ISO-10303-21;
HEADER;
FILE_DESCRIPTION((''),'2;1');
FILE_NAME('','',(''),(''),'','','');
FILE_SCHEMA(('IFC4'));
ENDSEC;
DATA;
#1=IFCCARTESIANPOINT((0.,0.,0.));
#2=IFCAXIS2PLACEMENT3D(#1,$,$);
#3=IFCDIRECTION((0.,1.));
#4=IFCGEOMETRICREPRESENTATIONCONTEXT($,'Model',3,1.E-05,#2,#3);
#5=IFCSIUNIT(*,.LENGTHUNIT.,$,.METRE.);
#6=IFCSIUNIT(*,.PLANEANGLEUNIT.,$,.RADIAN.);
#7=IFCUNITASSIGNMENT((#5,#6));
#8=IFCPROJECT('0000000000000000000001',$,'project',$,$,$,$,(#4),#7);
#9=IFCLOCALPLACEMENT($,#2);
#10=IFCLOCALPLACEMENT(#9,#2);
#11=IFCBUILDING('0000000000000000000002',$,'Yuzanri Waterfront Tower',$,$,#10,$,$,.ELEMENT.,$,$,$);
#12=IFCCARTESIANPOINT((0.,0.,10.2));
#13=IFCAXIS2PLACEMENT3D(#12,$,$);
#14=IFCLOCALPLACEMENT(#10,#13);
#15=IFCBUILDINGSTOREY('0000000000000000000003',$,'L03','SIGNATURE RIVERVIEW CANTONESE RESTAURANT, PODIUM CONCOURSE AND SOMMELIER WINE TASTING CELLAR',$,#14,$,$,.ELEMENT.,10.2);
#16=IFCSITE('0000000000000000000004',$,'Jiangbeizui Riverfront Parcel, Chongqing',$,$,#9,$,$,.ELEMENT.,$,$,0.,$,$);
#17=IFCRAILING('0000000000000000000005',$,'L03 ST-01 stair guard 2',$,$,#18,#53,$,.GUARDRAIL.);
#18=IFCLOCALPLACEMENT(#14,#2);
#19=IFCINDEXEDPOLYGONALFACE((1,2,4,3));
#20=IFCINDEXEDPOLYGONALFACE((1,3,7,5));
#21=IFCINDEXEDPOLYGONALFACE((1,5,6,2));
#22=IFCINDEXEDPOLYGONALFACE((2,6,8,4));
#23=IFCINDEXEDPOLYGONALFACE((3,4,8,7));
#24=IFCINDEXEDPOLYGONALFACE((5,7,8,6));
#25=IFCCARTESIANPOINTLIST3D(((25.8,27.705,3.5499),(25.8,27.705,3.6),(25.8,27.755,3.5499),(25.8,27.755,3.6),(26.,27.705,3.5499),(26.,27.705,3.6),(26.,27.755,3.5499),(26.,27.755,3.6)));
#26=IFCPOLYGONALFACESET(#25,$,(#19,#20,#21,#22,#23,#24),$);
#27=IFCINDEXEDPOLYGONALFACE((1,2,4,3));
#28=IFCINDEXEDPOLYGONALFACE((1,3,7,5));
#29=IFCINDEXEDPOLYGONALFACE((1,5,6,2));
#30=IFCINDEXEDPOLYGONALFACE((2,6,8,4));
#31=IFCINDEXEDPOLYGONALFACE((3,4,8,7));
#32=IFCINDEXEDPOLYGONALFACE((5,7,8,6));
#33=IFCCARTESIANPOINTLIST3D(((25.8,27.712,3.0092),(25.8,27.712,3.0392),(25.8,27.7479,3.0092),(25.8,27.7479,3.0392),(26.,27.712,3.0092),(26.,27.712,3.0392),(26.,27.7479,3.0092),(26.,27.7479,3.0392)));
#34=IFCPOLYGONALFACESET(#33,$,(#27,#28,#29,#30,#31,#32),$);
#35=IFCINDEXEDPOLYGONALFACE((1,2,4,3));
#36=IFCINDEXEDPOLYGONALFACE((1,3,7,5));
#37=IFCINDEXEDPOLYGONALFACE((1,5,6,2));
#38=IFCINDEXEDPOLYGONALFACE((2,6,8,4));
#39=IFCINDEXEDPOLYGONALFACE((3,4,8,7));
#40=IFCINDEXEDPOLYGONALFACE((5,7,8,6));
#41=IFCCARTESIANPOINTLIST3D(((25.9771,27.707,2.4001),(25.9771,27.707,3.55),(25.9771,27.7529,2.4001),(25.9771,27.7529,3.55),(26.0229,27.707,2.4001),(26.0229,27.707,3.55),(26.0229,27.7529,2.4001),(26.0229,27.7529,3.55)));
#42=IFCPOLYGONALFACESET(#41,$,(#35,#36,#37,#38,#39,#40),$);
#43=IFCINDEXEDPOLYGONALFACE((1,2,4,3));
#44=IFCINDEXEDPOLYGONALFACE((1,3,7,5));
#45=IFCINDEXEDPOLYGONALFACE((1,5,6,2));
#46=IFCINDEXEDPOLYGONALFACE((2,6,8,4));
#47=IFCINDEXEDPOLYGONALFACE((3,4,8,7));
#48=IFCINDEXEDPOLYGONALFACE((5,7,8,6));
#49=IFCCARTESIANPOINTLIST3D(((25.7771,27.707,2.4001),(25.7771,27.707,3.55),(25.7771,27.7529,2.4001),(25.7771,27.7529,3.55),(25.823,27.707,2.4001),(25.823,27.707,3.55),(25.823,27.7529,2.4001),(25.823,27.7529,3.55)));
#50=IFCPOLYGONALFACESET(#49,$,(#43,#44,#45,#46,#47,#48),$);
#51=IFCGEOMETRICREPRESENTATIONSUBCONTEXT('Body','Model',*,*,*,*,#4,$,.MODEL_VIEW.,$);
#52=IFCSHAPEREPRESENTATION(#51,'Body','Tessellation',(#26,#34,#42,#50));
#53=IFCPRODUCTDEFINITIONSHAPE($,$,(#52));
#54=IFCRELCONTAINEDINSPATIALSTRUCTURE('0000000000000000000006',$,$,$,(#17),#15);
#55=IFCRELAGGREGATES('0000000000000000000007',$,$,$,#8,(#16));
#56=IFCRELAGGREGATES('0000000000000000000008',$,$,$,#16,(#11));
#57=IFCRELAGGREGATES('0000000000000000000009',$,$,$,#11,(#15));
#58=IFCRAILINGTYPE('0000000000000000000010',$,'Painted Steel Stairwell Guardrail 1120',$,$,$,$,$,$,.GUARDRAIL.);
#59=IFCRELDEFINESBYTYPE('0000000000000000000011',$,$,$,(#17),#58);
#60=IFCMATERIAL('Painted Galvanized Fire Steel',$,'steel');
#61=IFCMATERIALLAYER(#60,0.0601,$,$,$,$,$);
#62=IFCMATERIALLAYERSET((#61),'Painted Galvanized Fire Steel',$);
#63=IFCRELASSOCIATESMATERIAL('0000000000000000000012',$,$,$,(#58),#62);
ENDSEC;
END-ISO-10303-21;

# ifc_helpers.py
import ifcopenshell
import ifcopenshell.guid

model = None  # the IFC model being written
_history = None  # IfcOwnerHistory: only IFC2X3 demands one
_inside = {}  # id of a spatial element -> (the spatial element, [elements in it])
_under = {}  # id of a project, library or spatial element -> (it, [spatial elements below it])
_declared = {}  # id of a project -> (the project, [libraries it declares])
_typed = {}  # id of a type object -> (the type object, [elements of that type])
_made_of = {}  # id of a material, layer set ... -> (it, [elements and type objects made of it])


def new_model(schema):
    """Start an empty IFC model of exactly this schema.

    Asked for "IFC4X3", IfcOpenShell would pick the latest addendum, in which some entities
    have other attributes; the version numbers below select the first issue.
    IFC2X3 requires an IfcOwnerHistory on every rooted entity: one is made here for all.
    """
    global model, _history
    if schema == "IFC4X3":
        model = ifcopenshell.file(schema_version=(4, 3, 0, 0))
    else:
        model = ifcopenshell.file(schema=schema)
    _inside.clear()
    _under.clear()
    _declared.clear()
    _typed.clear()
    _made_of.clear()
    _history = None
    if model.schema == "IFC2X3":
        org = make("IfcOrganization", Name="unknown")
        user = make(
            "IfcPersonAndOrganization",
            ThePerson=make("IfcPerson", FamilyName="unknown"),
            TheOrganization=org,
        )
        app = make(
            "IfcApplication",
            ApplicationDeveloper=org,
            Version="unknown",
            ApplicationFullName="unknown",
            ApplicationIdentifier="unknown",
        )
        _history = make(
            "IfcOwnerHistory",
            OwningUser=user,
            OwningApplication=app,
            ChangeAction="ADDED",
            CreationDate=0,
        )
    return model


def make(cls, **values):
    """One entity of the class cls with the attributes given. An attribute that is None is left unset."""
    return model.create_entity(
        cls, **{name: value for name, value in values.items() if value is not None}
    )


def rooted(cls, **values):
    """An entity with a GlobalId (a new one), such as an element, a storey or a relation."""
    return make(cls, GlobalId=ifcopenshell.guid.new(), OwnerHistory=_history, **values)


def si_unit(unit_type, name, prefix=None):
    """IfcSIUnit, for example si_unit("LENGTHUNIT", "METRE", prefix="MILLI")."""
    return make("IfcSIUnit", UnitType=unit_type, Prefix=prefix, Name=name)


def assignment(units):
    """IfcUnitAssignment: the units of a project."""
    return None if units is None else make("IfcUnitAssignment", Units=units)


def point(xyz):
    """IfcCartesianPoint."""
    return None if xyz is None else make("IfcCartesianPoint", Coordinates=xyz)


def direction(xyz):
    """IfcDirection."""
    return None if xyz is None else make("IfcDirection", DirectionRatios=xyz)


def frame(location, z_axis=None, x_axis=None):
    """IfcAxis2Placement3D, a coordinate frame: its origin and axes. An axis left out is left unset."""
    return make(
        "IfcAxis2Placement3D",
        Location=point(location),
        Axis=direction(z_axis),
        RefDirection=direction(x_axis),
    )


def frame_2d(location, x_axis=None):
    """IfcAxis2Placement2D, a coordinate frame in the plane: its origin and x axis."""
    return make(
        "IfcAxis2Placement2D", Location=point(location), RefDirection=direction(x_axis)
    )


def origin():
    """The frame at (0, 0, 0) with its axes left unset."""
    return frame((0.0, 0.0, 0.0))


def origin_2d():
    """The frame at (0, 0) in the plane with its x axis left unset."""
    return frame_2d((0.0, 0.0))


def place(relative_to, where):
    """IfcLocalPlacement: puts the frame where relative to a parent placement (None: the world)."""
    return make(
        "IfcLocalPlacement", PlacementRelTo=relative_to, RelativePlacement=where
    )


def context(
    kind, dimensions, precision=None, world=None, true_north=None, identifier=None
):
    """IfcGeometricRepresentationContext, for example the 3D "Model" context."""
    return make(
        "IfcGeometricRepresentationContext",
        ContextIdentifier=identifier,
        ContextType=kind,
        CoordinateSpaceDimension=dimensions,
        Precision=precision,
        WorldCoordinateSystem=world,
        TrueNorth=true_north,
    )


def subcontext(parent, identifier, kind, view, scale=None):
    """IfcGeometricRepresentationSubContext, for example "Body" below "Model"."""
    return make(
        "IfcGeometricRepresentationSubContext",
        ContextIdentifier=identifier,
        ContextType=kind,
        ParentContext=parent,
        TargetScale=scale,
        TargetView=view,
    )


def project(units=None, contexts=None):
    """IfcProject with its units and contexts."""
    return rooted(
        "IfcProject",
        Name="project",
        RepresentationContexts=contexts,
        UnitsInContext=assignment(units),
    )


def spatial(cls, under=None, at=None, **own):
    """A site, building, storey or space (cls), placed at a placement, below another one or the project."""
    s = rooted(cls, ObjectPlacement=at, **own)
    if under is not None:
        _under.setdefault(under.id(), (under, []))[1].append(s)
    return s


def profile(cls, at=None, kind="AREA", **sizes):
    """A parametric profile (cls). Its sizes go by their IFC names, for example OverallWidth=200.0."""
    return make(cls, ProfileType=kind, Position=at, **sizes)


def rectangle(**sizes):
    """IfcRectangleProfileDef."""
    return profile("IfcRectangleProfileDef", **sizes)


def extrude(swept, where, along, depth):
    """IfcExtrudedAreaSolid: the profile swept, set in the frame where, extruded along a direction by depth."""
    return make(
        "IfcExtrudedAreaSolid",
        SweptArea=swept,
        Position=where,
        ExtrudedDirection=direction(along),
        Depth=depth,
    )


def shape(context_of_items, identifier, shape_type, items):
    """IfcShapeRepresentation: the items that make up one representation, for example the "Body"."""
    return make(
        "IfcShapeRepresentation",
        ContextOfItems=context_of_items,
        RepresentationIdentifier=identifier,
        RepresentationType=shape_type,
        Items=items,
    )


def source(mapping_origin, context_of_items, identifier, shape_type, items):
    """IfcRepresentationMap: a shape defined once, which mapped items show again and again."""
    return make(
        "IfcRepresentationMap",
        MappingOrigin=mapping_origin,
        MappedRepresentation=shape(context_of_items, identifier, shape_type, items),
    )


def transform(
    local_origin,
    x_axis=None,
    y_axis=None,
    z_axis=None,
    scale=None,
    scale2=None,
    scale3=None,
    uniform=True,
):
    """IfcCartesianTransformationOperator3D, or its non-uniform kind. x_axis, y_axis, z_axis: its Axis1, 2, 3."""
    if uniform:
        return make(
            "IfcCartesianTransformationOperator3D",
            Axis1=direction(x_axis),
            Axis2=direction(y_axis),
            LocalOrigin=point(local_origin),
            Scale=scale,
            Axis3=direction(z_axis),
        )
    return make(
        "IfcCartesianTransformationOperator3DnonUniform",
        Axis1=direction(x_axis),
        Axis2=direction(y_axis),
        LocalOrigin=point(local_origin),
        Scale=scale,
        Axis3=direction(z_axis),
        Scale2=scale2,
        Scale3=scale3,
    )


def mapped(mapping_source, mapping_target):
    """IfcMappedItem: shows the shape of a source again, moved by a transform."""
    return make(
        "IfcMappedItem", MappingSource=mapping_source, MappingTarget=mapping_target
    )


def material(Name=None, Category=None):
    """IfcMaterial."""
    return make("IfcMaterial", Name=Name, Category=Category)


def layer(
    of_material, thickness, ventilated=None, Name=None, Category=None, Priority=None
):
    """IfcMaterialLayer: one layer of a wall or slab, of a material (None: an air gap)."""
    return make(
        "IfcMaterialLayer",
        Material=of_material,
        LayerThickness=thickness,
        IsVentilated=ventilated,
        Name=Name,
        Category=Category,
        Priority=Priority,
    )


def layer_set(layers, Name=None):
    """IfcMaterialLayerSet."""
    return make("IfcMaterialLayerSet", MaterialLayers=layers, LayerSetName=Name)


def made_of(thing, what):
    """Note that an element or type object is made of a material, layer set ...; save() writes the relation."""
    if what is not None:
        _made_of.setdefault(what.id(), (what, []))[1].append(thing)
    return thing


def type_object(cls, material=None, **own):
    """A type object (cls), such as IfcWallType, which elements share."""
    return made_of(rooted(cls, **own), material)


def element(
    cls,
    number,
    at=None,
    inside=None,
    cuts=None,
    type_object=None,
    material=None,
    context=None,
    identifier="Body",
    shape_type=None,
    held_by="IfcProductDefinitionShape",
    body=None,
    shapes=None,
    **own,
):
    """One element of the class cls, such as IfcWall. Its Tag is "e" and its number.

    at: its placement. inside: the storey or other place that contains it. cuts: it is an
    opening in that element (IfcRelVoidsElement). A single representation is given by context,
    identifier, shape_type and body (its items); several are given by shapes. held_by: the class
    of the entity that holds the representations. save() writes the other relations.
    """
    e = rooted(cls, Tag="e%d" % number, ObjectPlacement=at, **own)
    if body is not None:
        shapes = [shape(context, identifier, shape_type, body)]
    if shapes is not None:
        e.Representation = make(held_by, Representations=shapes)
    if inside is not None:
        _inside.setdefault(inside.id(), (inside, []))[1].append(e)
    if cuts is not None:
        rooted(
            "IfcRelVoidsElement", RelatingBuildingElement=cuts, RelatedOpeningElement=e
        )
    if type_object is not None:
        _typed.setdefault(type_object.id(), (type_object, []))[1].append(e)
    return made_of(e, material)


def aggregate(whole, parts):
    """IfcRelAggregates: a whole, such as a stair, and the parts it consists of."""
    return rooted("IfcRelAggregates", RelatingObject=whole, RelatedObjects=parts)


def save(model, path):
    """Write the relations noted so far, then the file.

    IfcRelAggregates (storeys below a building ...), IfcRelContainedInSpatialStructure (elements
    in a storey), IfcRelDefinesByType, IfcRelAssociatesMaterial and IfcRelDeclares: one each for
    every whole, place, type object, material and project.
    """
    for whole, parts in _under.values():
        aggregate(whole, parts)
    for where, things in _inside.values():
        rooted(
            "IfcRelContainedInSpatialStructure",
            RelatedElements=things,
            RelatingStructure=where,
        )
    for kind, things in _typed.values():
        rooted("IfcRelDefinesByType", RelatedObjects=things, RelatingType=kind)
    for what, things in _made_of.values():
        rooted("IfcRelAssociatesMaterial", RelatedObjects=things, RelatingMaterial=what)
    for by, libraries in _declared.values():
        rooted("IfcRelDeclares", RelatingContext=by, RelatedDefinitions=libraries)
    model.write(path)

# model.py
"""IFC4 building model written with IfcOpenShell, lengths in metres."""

from ifc_helpers import new_model, si_unit, direction, frame, origin, origin_2d, place, context, subcontext, project, spatial, rectangle, extrude, source, transform, mapped, material, layer, layer_set, type_object, element, save


model = new_model("IFC4")

# Units and contexts
model_context = context("Model", 3, precision=1e-05, world=origin(), true_north=direction((0.0, 1.0)))
body_context = subcontext(model_context, "Body", "Model", "MODEL_VIEW")
ifc_project = project(units=[si_unit("LENGTHUNIT", "METRE"), si_unit("PLANEANGLEUNIT", "RADIAN")], contexts=[model_context])

# Site, building, storey
site_placement = place(None, origin())
site = spatial("IfcSite", under=ifc_project, at=site_placement, Name="Jiangbeizui Riverfront Parcel, Chongqing", CompositionType="ELEMENT", RefElevation=0.0)
building_placement = place(site_placement, origin())
building = spatial("IfcBuilding", under=site, at=building_placement, Name="Yuzanri Waterfront Tower", CompositionType="ELEMENT")
storey_placement = place(building_placement, frame((0.0, 0.0, 10.2)))
storey = spatial("IfcBuildingStorey", under=building, at=storey_placement, Name="L03", Description="SIGNATURE RIVERVIEW CANTONESE RESTAURANT, PODIUM CONCOURSE AND SOMMELIER WINE TASTING CELLAR", CompositionType="ELEMENT", Elevation=10.2)

# Railing
ifc_material_1 = material(Name="Painted Galvanized Fire Steel", Category="steel")
ifc_layer_1 = layer(ifc_material_1, 0.0601)
ifc_layer_set_1 = layer_set([ifc_layer_1], Name="Painted Galvanized Fire Steel")
railing_type = type_object("IfcRailingType", Name="Painted Steel Stairwell Guardrail 1120", PredefinedType="GUARDRAIL", material=ifc_layer_set_1)
shared_shape_1 = source(origin(), body_context, "Body", "SweptSolid", [
    extrude(rectangle(XDim=0.05, YDim=0.05, at=origin_2d()), frame((0.0, 0.0, 1.1748), z_axis=(-1.0, 0.0, 0.0), x_axis=(0.0, -1.0, 0.0)), (0.0, 0.0, 1.0), 0.2),
    extrude(rectangle(XDim=0.0359, YDim=0.03, at=origin_2d()), frame((0.0, 0.0, 0.624), z_axis=(-1.0, 0.0, 0.0), x_axis=(0.0, -1.0, 0.0)), (0.0, 0.0, 1.0), 0.2),
    extrude(rectangle(XDim=0.0459, YDim=0.0459, at=origin_2d()), origin(), (0.0, 0.0, 1.0), 1.1499),
    extrude(rectangle(XDim=0.0459, YDim=0.0459, at=origin_2d()), frame((-0.2, 0.0, 0.0)), (0.0, 0.0, 1.0), 1.1499),
])
railing_placement = place(storey_placement, frame((26.0, 27.73, 2.4001)))
element("IfcRailing", 1, at=railing_placement, inside=storey, type_object=railing_type, Name="L03 ST-01 stair guard 2", PredefinedType="GUARDRAIL", context=body_context, shape_type="MappedRepresentation", body=[
    mapped(shared_shape_1, transform((0.0, 0.0, 0.0), scale=1.0)),
])

save(model, "model.ifc")
